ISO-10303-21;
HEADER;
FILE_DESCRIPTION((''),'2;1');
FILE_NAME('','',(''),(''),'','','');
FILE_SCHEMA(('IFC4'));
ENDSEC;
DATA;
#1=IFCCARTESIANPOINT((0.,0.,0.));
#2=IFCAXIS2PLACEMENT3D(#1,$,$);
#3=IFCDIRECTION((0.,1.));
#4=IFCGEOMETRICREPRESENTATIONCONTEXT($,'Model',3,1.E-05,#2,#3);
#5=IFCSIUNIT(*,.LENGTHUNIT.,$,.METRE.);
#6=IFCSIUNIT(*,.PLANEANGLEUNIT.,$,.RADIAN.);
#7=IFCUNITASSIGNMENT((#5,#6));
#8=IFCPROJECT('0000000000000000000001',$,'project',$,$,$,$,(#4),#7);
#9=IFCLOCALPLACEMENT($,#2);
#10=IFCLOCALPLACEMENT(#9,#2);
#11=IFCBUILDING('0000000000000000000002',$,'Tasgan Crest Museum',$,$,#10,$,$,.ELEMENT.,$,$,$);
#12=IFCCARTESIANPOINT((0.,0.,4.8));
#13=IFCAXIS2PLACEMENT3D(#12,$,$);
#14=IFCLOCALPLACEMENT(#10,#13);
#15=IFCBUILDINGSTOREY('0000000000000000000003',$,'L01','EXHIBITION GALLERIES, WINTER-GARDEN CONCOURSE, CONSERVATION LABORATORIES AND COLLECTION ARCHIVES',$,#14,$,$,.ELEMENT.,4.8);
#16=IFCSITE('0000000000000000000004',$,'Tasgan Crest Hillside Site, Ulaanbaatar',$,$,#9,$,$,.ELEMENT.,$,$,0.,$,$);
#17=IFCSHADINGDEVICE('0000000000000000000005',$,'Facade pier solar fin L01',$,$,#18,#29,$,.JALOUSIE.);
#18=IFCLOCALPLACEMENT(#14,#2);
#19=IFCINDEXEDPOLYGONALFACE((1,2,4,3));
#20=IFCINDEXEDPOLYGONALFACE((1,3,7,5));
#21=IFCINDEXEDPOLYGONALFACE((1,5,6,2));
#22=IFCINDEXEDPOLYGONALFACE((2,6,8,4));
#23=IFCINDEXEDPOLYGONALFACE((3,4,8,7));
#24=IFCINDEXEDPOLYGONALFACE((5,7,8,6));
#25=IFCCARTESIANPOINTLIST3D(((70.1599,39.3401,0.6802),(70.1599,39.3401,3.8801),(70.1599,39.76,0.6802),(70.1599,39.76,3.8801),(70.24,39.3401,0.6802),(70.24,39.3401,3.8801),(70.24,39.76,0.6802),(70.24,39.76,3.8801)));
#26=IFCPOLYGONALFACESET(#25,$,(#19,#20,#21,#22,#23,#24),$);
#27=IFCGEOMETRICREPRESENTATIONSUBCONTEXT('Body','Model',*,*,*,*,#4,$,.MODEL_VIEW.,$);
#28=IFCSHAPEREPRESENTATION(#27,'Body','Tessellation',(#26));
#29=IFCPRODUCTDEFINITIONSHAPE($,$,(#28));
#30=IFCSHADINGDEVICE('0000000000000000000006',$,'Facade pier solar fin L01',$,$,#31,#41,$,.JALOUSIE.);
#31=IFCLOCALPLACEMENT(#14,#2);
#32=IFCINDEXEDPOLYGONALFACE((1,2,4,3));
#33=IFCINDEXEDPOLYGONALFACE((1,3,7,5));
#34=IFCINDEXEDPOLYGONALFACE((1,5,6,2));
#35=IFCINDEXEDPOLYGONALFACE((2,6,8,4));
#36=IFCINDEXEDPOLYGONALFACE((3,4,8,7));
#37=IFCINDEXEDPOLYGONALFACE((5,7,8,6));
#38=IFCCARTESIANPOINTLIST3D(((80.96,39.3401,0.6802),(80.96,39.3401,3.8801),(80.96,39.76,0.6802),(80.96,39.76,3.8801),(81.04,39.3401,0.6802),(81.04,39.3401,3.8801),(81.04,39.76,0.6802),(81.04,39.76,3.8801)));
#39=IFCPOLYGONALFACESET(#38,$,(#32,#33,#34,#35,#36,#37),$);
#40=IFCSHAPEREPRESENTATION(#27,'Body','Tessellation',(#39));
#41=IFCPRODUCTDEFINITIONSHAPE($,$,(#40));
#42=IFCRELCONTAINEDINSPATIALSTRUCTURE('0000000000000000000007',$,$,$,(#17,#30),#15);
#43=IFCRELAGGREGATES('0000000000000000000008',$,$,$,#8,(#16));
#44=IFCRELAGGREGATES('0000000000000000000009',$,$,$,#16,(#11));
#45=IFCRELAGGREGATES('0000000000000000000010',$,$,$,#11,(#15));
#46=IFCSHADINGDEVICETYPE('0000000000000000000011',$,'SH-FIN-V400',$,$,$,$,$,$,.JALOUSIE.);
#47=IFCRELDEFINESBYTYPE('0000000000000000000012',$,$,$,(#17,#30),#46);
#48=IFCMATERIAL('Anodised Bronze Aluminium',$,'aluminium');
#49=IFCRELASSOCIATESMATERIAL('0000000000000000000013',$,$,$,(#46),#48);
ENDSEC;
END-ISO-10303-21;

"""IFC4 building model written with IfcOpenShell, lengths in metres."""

from ifc_helpers import new_model, si_unit, direction, frame, origin, origin_2d, place, context, subcontext, project, spatial, rectangle, extrude, material, type_object, element, save


model = new_model("IFC4")

# Units and contexts
model_context = context("Model", 3, precision=1e-05, world=origin(), true_north=direction((0.0, 1.0)))
body_context = subcontext(model_context, "Body", "Model", "MODEL_VIEW")
ifc_project = project(units=[si_unit("LENGTHUNIT", "METRE"), si_unit("PLANEANGLEUNIT", "RADIAN")], contexts=[model_context])

# Site, building, storey
site_placement = place(None, origin())
site = spatial("IfcSite", under=ifc_project, at=site_placement, Name="Tasgan Crest Hillside Site, Ulaanbaatar", CompositionType="ELEMENT", RefElevation=0.0)
building_placement = place(site_placement, origin())
building = spatial("IfcBuilding", under=site, at=building_placement, Name="Tasgan Crest Museum", CompositionType="ELEMENT")
storey_placement = place(building_placement, frame((0.0, 0.0, 4.8)))
storey = spatial("IfcBuildingStorey", under=building, at=storey_placement, Name="L01", Description="EXHIBITION GALLERIES, WINTER-GARDEN CONCOURSE, CONSERVATION LABORATORIES AND COLLECTION ARCHIVES", CompositionType="ELEMENT", Elevation=4.8)

# Shading devices
ifc_material_1 = material(Name="Anodised Bronze Aluminium", Category="aluminium")
shading_device_type = type_object("IfcShadingDeviceType", Name="SH-FIN-V400", PredefinedType="JALOUSIE", material=ifc_material_1)
for number, where, z_axis, x_axis, name in (
    (1, (70.2, 39.55, 0.6802), (0.0, 0.0, 1.0), (1.0, 0.0, 0.0), "Facade pier solar fin L01"),
    (2, (81.0, 39.55, 0.6802), (0.0, 0.0, 1.0), (1.0, 0.0, 0.0), "Facade pier solar fin L01"),
):
    element("IfcShadingDevice", number, at=place(storey_placement, frame(where, z_axis=z_axis, x_axis=x_axis)), inside=storey, type_object=shading_device_type, Name=name, PredefinedType="JALOUSIE", context=body_context, shape_type="SweptSolid", body=[
        extrude(rectangle(XDim=0.0801, YDim=0.4199, at=origin_2d()), origin(), (0.0, 0.0, 1.0), 3.2),
    ])

save(model, "model.ifc")
